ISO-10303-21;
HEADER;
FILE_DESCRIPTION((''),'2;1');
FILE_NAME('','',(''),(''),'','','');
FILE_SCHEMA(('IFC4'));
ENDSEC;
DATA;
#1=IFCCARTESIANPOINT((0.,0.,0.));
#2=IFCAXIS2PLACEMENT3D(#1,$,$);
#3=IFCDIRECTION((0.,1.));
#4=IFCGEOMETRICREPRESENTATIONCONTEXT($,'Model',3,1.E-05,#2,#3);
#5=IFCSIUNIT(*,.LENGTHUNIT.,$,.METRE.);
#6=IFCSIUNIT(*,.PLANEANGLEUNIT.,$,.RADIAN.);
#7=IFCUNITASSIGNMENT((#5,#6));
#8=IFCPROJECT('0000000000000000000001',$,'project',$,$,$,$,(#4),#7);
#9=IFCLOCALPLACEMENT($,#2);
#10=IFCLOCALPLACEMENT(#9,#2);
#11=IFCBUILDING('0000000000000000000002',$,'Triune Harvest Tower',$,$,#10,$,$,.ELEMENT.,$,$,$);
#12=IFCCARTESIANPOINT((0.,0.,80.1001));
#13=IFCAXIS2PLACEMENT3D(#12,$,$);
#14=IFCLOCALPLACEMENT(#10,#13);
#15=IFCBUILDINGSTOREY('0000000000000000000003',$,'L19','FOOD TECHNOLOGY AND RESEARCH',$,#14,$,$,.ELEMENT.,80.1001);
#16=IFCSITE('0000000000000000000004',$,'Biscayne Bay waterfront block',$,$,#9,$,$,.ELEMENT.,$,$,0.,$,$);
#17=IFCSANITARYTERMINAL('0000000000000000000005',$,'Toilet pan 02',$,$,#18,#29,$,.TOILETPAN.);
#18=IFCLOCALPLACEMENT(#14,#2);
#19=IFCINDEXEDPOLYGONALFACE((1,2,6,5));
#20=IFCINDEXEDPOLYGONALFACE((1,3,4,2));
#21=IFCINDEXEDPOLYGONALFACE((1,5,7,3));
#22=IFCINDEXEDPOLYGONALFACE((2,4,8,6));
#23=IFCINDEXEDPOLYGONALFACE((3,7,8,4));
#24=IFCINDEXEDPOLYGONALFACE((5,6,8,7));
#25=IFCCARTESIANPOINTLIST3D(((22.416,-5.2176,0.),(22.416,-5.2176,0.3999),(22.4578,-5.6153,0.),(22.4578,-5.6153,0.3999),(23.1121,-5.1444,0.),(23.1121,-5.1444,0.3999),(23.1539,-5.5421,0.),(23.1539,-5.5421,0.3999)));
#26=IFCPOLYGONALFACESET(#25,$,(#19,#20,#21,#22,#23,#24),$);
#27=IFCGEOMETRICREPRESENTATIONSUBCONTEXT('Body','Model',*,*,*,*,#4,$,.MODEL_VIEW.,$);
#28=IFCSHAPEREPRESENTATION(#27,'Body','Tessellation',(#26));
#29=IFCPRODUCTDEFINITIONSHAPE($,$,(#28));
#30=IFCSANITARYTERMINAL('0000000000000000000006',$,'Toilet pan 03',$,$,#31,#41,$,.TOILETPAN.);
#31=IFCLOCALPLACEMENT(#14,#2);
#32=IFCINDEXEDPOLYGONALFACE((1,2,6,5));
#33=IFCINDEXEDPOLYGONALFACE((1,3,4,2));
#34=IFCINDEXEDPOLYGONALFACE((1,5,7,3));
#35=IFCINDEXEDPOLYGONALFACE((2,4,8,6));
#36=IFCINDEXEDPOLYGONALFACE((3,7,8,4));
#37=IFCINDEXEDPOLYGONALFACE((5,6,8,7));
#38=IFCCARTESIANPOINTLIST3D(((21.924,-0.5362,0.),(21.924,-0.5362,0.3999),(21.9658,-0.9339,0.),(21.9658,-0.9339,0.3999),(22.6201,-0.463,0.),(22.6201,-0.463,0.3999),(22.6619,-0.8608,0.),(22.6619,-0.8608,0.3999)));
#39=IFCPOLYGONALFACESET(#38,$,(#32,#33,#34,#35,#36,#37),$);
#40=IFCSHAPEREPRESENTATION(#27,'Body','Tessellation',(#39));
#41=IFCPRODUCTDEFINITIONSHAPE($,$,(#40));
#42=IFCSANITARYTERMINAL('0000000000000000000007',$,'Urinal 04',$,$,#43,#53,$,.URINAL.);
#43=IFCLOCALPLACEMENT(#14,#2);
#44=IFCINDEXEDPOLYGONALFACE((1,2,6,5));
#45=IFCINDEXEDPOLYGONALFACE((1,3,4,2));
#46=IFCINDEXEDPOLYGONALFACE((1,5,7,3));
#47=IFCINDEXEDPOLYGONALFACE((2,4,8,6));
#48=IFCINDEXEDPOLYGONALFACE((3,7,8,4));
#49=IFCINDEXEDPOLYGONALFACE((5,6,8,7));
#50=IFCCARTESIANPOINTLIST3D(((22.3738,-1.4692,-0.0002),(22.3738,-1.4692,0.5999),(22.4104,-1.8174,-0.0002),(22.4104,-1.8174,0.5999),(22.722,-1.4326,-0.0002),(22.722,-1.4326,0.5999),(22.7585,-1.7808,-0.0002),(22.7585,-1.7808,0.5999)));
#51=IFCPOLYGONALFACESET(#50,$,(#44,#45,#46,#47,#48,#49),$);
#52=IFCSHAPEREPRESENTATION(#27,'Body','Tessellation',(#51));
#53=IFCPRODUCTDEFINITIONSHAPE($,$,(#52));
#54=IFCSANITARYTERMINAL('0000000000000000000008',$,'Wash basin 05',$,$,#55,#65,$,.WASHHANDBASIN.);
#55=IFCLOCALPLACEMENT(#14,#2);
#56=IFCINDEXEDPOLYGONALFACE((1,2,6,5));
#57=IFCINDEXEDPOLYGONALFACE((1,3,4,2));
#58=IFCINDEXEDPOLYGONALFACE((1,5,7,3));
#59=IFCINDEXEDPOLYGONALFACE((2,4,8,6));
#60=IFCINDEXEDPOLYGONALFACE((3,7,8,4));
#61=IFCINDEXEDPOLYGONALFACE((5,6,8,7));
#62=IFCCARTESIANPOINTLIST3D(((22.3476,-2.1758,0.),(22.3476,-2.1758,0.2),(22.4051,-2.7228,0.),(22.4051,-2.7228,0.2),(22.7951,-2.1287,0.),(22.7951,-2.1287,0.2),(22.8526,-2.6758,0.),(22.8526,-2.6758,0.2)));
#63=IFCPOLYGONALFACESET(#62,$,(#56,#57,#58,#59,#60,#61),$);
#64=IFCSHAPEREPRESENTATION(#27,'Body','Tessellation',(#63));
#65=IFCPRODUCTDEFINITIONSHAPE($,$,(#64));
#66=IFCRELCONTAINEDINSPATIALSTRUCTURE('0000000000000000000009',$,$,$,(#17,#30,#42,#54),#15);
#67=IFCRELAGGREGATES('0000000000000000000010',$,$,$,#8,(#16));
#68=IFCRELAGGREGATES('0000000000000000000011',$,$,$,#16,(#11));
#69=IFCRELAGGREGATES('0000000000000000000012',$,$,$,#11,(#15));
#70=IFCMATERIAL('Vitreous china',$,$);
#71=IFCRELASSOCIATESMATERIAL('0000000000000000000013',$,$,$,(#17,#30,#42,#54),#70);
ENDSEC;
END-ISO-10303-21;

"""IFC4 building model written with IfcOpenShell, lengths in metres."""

from ifc_helpers import new_model, si_unit, direction, frame, origin, origin_2d, place, context, subcontext, project, spatial, rectangle, extrude, source, transform, mapped, material, element, save


model = new_model("IFC4")

# Units and contexts
model_context = context("Model", 3, precision=1e-05, world=origin(), true_north=direction((0.0, 1.0)))
body_context = subcontext(model_context, "Body", "Model", "MODEL_VIEW")
ifc_project = project(units=[si_unit("LENGTHUNIT", "METRE"), si_unit("PLANEANGLEUNIT", "RADIAN")], contexts=[model_context])

# Site, building, storey
site_placement = place(None, origin())
site = spatial("IfcSite", under=ifc_project, at=site_placement, Name="Biscayne Bay waterfront block", CompositionType="ELEMENT", RefElevation=0.0)
building_placement = place(site_placement, origin())
building = spatial("IfcBuilding", under=site, at=building_placement, Name="Triune Harvest Tower", CompositionType="ELEMENT")
storey_placement = place(building_placement, frame((0.0, 0.0, 80.1001)))
storey = spatial("IfcBuildingStorey", under=building, at=storey_placement, Name="L19", Description="FOOD TECHNOLOGY AND RESEARCH", CompositionType="ELEMENT", Elevation=80.1001)

# Sanitary terminals
ifc_material_1 = material(Name="Vitreous china")
shared_shape_1 = source(origin(), body_context, "Body", "SweptSolid", [
    extrude(rectangle(XDim=0.3999, YDim=0.7, at=origin_2d()), origin(), (0.0, 0.0, 1.0), 0.3999),
])
for number, where, z_axis, x_axis, name in (
    (1, (22.7849, -5.3799, 0.0), (0.0, 0.0, 1.0), (0.104546, -0.99452, 0.0), "Toilet pan 02"),
    (2, (22.293, -0.6985, 0.0), (0.0, 0.0, 1.0), (0.104528, -0.994522, 0.0), "Toilet pan 03"),
):
    element("IfcSanitaryTerminal", number, at=place(storey_placement, frame(where, z_axis=z_axis, x_axis=x_axis)), inside=storey, material=ifc_material_1, Name=name, PredefinedType="TOILETPAN", context=body_context, shape_type="MappedRepresentation", body=[
        mapped(shared_shape_1, transform((0.0, 0.0, 0.0), scale=1.0)),
    ])
shared_shape_2 = source(origin(), body_context, "Body", "SweptSolid", [
    extrude(rectangle(XDim=0.3501, YDim=0.3501, at=origin_2d()), origin(), (0.0, 0.0, 1.0), 0.6001),
])
sanitary_terminal_1_placement = place(storey_placement, frame((22.5662, -1.625, -0.0002), z_axis=(0.0, 0.0, 1.0), x_axis=(0.104528, -0.994522, 0.0)))
element("IfcSanitaryTerminal", 3, at=sanitary_terminal_1_placement, inside=storey, material=ifc_material_1, Name="Urinal 04", PredefinedType="URINAL", context=body_context, shape_type="MappedRepresentation", body=[
    mapped(shared_shape_2, transform((0.0, 0.0, 0.0), scale=1.0)),
])
shared_shape_3 = source(origin(), body_context, "Body", "SweptSolid", [
    extrude(rectangle(XDim=0.55, YDim=0.45, at=origin_2d()), origin(), (0.0, 0.0, 1.0), 0.2),
])
sanitary_terminal_2_placement = place(storey_placement, frame((22.6001, -2.4258, 0.0), z_axis=(0.0, 0.0, 1.0), x_axis=(0.104528, -0.994522, 0.0)))
element("IfcSanitaryTerminal", 4, at=sanitary_terminal_2_placement, inside=storey, material=ifc_material_1, Name="Wash basin 05", PredefinedType="WASHHANDBASIN", context=body_context, shape_type="MappedRepresentation", body=[
    mapped(shared_shape_3, transform((0.0, 0.0, 0.0), scale=1.0)),
])

save(model, "model.ifc")
